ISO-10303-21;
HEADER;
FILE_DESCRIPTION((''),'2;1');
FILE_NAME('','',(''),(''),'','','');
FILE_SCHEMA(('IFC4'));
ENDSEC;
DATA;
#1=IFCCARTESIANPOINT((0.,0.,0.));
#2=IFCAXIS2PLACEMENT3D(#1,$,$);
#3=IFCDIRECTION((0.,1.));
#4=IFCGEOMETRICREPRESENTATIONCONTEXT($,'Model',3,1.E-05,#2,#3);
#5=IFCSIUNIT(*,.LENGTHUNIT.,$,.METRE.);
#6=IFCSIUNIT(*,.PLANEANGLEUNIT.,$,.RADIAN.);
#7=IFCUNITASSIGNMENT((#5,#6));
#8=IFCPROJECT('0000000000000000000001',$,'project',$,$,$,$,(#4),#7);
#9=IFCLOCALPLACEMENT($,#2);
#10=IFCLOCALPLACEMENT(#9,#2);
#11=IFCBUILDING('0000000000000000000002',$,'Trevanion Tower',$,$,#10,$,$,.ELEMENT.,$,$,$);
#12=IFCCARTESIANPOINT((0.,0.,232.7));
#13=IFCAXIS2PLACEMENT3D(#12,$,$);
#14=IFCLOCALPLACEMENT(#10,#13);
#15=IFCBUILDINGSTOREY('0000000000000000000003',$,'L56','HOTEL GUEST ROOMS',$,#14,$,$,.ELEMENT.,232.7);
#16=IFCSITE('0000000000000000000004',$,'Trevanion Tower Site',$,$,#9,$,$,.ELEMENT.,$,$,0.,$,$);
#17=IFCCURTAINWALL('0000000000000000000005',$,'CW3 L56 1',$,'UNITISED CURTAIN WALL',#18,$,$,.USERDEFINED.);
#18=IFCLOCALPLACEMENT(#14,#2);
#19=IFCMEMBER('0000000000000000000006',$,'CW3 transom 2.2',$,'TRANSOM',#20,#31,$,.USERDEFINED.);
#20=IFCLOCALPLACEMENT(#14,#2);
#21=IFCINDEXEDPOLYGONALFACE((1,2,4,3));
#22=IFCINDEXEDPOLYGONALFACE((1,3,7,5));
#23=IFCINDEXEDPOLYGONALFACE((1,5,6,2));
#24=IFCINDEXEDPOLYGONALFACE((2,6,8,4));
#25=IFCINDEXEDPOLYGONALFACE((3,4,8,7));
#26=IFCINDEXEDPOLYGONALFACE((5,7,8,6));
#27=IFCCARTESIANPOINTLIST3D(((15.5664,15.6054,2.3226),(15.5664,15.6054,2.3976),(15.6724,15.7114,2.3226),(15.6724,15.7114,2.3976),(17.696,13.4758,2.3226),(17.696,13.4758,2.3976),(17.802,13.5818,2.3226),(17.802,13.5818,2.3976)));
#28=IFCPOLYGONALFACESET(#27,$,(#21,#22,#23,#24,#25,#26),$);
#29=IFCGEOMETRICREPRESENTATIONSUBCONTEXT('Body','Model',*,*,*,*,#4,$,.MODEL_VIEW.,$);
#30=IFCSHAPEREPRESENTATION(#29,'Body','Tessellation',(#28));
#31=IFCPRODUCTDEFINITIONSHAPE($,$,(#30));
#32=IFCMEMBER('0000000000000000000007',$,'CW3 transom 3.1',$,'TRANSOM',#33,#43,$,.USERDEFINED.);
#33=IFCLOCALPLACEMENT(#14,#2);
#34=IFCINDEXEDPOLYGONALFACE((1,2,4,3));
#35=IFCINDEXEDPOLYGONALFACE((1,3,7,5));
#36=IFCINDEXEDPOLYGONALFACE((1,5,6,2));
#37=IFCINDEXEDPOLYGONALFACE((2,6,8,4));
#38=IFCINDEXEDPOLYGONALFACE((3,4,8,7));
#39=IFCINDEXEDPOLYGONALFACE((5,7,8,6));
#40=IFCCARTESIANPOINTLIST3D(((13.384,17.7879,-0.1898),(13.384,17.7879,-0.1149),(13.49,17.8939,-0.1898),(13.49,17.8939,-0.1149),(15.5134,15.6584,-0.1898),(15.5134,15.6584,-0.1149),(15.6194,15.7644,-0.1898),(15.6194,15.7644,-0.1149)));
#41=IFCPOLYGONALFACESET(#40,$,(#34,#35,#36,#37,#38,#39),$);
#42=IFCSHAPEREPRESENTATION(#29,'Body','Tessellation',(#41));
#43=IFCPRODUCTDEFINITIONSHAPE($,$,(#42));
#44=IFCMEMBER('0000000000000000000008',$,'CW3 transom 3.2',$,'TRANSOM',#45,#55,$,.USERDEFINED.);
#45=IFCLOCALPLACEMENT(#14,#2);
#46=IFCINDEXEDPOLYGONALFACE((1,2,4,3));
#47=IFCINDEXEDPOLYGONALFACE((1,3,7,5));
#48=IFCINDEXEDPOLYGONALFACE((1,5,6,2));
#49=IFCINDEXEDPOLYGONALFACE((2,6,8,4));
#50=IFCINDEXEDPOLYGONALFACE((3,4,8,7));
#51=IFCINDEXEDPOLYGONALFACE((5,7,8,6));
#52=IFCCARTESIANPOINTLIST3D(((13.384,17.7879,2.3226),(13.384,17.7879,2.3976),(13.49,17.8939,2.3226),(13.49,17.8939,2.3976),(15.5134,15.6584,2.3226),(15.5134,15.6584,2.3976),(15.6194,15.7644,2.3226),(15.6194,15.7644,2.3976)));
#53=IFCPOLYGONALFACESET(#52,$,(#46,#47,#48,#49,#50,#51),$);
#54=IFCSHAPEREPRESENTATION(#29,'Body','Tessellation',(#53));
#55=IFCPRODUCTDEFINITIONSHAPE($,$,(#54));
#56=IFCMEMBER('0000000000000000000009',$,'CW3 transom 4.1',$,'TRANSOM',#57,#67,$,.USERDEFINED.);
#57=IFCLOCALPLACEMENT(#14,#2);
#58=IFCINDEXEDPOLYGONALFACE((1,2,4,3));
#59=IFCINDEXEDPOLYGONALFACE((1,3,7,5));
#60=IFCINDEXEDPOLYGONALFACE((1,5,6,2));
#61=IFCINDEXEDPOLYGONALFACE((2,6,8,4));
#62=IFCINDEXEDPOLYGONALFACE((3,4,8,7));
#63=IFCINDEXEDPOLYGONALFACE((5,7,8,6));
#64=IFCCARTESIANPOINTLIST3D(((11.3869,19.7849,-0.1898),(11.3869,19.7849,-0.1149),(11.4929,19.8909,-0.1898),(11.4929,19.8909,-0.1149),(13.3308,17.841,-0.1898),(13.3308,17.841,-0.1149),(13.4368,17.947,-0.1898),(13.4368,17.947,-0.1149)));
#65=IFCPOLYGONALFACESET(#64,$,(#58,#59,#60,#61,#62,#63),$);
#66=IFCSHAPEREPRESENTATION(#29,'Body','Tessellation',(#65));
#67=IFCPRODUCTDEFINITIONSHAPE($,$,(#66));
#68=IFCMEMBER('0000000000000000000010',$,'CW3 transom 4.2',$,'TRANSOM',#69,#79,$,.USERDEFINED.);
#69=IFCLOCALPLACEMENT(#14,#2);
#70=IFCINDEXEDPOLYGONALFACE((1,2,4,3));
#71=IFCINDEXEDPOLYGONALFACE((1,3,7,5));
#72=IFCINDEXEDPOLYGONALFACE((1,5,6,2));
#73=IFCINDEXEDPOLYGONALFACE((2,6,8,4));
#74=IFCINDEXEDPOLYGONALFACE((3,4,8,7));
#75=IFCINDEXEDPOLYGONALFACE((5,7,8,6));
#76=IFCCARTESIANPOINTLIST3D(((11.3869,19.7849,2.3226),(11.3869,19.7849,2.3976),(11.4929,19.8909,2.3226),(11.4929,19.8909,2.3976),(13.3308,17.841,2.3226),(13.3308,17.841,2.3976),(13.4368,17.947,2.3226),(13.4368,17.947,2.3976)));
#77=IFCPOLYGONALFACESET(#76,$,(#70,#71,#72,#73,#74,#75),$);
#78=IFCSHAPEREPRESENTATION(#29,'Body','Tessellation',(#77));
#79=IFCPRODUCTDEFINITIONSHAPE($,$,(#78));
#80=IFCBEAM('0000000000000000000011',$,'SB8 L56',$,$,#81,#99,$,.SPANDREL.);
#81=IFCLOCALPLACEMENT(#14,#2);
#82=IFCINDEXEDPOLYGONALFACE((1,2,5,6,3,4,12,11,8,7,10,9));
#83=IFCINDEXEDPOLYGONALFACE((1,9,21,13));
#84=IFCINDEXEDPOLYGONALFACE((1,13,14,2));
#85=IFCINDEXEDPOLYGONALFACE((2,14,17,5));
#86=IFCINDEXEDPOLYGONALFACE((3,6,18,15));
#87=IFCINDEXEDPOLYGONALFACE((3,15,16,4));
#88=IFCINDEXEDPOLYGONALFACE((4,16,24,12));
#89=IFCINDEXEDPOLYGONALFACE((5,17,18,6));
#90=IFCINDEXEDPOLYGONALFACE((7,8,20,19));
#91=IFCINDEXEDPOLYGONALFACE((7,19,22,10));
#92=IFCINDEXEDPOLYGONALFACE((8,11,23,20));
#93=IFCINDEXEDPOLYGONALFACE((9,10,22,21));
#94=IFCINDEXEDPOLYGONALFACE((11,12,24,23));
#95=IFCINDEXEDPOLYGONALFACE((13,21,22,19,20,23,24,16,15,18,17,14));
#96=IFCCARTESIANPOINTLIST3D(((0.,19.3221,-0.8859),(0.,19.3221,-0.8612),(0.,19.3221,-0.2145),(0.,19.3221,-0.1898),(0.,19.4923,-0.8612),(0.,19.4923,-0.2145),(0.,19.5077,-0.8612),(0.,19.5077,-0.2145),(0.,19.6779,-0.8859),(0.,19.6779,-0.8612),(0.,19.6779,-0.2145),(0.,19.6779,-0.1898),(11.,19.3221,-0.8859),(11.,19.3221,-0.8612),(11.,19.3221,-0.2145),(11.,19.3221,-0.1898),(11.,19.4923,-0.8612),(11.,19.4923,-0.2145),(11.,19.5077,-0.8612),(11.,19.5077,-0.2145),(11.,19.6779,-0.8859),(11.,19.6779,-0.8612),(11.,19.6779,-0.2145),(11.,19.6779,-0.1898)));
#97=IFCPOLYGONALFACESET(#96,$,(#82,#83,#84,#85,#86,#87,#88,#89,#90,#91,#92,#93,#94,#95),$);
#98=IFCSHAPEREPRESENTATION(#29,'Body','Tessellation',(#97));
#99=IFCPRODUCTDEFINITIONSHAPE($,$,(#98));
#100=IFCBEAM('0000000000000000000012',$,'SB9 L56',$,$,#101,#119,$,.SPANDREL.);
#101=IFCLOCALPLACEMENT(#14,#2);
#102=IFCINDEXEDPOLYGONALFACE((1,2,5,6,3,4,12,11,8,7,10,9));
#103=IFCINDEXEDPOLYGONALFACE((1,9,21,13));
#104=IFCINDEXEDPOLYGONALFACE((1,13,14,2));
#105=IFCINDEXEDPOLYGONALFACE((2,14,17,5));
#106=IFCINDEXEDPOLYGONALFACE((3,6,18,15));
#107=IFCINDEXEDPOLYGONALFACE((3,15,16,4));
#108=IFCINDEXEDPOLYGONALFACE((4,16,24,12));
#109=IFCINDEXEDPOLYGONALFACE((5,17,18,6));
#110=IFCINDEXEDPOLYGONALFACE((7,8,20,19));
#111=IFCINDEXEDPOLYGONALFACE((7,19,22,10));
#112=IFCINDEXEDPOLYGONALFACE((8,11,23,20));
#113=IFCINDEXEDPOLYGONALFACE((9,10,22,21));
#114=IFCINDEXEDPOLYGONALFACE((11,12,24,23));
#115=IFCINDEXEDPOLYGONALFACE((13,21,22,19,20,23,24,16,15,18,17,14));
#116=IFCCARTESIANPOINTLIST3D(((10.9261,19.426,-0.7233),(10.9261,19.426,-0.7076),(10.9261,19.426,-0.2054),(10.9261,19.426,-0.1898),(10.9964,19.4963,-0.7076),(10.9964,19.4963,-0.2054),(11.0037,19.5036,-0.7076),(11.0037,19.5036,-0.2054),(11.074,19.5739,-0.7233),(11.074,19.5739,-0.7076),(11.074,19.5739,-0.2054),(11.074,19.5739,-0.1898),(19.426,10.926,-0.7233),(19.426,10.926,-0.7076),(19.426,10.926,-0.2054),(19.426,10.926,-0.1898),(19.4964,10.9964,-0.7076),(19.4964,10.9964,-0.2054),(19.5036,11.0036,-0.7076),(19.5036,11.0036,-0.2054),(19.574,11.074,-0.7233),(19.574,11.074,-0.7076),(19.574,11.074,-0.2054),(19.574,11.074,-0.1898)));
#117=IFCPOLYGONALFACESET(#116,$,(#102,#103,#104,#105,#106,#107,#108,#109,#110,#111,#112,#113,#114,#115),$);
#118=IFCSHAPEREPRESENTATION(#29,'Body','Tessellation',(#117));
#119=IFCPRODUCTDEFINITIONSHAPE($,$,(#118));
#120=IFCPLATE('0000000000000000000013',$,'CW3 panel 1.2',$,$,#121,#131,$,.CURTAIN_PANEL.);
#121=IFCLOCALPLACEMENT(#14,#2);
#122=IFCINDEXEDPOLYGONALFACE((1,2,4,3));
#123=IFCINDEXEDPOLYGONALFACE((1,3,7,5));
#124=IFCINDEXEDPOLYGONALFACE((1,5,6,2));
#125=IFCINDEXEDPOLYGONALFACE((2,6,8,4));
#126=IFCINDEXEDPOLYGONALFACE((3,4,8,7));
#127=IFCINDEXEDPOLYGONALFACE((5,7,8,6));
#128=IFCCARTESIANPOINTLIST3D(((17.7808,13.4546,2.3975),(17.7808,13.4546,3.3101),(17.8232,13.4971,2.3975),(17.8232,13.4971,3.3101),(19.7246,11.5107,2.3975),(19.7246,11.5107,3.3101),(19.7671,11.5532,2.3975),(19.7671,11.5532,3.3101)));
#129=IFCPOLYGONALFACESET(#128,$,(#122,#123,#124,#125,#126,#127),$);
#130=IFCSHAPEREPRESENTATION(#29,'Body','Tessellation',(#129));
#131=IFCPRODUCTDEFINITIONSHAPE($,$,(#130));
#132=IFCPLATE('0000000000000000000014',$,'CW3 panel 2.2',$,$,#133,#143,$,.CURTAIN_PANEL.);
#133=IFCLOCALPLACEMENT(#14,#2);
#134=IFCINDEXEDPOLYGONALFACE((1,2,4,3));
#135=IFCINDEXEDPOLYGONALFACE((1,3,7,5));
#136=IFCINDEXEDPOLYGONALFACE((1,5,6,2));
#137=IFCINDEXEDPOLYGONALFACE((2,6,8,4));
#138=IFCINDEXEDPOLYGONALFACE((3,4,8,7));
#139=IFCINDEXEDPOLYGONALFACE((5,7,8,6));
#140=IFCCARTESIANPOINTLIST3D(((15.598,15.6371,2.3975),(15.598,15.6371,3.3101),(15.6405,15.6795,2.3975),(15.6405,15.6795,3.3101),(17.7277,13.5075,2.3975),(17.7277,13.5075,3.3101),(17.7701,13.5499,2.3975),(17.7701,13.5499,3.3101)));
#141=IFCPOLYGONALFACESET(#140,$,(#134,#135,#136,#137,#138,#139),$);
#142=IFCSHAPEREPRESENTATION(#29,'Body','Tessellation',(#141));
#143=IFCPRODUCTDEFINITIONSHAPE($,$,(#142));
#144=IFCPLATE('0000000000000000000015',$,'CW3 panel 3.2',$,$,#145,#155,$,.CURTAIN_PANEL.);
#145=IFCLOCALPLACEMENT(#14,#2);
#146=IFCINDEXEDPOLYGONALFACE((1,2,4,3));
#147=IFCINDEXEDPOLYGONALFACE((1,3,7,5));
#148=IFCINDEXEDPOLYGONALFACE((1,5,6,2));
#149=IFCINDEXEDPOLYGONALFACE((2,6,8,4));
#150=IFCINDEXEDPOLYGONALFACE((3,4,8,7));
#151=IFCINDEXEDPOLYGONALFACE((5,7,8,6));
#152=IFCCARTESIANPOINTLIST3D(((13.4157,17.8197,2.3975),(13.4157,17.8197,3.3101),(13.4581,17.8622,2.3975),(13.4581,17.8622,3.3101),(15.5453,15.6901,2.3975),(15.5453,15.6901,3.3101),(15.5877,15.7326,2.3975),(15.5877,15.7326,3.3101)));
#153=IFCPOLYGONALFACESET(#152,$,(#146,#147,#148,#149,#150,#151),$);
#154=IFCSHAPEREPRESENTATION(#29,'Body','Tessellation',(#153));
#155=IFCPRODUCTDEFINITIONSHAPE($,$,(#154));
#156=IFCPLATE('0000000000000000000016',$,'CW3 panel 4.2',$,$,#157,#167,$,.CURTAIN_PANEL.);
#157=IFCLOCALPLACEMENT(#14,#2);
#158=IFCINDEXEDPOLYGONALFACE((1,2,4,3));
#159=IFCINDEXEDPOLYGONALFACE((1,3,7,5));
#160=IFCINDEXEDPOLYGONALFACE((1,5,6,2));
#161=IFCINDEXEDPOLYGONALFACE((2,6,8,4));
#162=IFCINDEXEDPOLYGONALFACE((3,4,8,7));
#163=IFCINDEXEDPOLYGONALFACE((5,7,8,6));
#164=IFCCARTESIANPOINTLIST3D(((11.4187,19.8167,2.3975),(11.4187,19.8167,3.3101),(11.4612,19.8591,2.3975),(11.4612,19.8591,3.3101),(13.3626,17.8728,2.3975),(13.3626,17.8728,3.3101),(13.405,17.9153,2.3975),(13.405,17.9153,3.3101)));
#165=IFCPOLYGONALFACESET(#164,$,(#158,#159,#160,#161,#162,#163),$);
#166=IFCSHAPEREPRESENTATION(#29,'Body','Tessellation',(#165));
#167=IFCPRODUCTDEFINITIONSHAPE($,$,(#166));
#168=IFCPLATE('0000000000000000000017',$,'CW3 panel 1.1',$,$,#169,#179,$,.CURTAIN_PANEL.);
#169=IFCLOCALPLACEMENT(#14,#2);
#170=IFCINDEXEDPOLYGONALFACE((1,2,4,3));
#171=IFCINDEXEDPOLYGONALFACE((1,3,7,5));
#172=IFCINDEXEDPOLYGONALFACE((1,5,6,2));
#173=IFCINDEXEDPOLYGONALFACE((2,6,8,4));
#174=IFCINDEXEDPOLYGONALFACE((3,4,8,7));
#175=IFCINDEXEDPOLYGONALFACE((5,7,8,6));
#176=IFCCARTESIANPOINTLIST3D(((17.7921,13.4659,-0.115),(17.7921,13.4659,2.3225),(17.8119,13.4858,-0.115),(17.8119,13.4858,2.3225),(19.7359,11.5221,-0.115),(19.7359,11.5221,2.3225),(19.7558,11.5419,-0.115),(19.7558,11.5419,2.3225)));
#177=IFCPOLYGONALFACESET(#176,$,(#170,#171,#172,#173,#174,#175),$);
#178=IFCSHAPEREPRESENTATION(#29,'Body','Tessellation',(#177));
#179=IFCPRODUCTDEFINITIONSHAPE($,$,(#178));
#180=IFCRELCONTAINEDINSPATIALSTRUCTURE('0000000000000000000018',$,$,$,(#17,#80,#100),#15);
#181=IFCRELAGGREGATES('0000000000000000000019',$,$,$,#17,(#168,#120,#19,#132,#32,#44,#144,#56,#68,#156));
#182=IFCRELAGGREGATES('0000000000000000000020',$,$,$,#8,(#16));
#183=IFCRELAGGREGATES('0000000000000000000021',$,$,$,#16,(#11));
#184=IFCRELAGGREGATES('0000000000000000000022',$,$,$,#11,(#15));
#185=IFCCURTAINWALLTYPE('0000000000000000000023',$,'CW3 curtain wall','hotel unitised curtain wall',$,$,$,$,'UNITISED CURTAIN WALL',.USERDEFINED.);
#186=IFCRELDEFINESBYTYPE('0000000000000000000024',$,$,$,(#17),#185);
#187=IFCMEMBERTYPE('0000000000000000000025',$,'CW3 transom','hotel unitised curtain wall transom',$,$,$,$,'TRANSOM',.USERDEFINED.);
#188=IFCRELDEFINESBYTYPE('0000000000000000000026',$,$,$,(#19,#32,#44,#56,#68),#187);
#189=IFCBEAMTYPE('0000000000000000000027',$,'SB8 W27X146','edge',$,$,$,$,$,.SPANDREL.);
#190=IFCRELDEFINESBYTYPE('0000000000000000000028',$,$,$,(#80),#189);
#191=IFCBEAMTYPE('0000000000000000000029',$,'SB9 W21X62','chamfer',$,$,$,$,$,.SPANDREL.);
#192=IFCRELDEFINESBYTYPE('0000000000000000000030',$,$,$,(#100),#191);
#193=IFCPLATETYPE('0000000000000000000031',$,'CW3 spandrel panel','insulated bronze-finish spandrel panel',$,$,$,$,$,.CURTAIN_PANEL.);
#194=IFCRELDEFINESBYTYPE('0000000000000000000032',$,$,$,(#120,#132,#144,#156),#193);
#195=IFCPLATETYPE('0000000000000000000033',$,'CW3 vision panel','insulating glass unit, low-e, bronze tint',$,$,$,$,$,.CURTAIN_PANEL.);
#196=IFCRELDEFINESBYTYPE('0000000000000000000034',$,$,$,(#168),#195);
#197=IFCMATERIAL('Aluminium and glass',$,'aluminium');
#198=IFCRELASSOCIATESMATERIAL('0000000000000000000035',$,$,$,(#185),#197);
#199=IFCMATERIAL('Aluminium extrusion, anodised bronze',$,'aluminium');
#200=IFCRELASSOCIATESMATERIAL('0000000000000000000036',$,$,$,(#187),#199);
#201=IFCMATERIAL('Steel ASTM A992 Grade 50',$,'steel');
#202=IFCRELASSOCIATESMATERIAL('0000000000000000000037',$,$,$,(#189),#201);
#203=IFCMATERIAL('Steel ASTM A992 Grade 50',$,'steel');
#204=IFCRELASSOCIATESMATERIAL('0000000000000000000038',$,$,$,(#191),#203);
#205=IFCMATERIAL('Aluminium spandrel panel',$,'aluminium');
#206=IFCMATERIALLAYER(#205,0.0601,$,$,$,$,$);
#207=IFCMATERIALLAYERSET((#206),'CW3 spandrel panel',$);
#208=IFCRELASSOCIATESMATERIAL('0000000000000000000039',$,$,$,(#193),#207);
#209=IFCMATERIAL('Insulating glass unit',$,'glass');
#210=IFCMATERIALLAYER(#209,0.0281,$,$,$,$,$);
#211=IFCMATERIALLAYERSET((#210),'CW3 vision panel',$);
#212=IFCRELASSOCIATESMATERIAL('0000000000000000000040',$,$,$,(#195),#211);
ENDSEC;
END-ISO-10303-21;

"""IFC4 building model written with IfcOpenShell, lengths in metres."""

from ifc_helpers import new_model, si_unit, direction, frame, origin, origin_2d, place, context, subcontext, project, spatial, rectangle, i_section, extrude, material, layer, layer_set, material_profile, profile_set, type_object, element, aggregate, save


model = new_model("IFC4")

# Units and contexts
model_context = context("Model", 3, precision=1e-05, world=origin(), true_north=direction((0.0, 1.0)))
body_context = subcontext(model_context, "Body", "Model", "MODEL_VIEW")
ifc_project = project(units=[si_unit("LENGTHUNIT", "METRE"), si_unit("PLANEANGLEUNIT", "RADIAN")], contexts=[model_context])

# Site, building, storey
site_placement = place(None, origin())
site = spatial("IfcSite", under=ifc_project, at=site_placement, Name="Trevanion Tower Site", CompositionType="ELEMENT", RefElevation=0.0)
building_placement = place(site_placement, origin())
building = spatial("IfcBuilding", under=site, at=building_placement, Name="Trevanion Tower", CompositionType="ELEMENT")
storey_placement = place(building_placement, frame((0.0, 0.0, 232.7)))
storey = spatial("IfcBuildingStorey", under=building, at=storey_placement, Name="L56", Description="HOTEL GUEST ROOMS", CompositionType="ELEMENT", Elevation=232.7)

# Curtain wall
ifc_material_1 = material(Name="Aluminium and glass", Category="aluminium")
curtain_wall_type = type_object("IfcCurtainWallType", Name="CW3 curtain wall", Description="hotel unitised curtain wall", ElementType="UNITISED CURTAIN WALL", PredefinedType="USERDEFINED", material=ifc_material_1)
curtain_wall_1_placement = place(storey_placement, origin())
curtain_wall_1 = element("IfcCurtainWall", 1, at=curtain_wall_1_placement, inside=storey, type_object=curtain_wall_type, Name="CW3 L56 1", ObjectType="UNITISED CURTAIN WALL", PredefinedType="USERDEFINED")

# Members
ifc_material_2 = material(Name="Aluminium extrusion, anodised bronze", Category="aluminium")
ifc_material_profile_1 = material_profile(ifc_material_2, rectangle(XDim=0.1499, YDim=0.075, at=origin_2d()), Name="CW3 transom")
ifc_profile_set_1 = profile_set([ifc_material_profile_1], Name="Aluminium extrusion, anodised bronze")
member_type_1 = type_object("IfcMemberType", Name="CW3 transom", Description="hotel unitised curtain wall transom", ElementType="TRANSOM", PredefinedType="USERDEFINED", material=ifc_profile_set_1)
member_1_placement = place(storey_placement, frame((17.749, 13.5288, 2.3601), z_axis=(-0.707107, 0.707107, 0.0), x_axis=(-0.707107, -0.707107, 0.0)))
member_1 = element("IfcMember", 2, at=member_1_placement, type_object=member_type_1, Name="CW3 transom 2.2", ObjectType="TRANSOM", PredefinedType="USERDEFINED", context=body_context, shape_type="SweptSolid", body=[
    extrude(rectangle(XDim=0.1499, YDim=0.075, at=origin_2d()), origin(), (0.0, 0.0, 1.0), 3.0117),
])
member_2_placement = place(storey_placement, frame((15.5664, 15.7114, -0.1523), z_axis=(-0.707107, 0.707107, 0.0), x_axis=(-0.707107, -0.707107, 0.0)))
member_2 = element("IfcMember", 3, at=member_2_placement, type_object=member_type_1, Name="CW3 transom 3.1", ObjectType="TRANSOM", PredefinedType="USERDEFINED", context=body_context, shape_type="SweptSolid", body=[
    extrude(rectangle(XDim=0.1499, YDim=0.075, at=origin_2d()), origin(), (0.0, 0.0, 1.0), 3.0115),
])
member_3_placement = place(storey_placement, frame((15.5664, 15.7114, 2.3601), z_axis=(-0.707107, 0.707107, 0.0), x_axis=(-0.707107, -0.707107, 0.0)))
member_3 = element("IfcMember", 4, at=member_3_placement, type_object=member_type_1, Name="CW3 transom 3.2", ObjectType="TRANSOM", PredefinedType="USERDEFINED", context=body_context, shape_type="SweptSolid", body=[
    extrude(rectangle(XDim=0.1499, YDim=0.075, at=origin_2d()), origin(), (0.0, 0.0, 1.0), 3.0115),
])
member_4_placement = place(storey_placement, frame((13.3838, 17.894, -0.1523), z_axis=(-0.707107, 0.707107, 0.0), x_axis=(-0.707107, -0.707107, 0.0)))
member_4 = element("IfcMember", 5, at=member_4_placement, type_object=member_type_1, Name="CW3 transom 4.1", ObjectType="TRANSOM", PredefinedType="USERDEFINED", context=body_context, shape_type="SweptSolid", body=[
    extrude(rectangle(XDim=0.1499, YDim=0.075, at=origin_2d()), origin(), (0.0, 0.0, 1.0), 2.749),
])
member_5_placement = place(storey_placement, frame((13.3838, 17.894, 2.3601), z_axis=(-0.707107, 0.707107, 0.0), x_axis=(-0.707107, -0.707107, 0.0)))
member_5 = element("IfcMember", 6, at=member_5_placement, type_object=member_type_1, Name="CW3 transom 4.2", ObjectType="TRANSOM", PredefinedType="USERDEFINED", context=body_context, shape_type="SweptSolid", body=[
    extrude(rectangle(XDim=0.1499, YDim=0.075, at=origin_2d()), origin(), (0.0, 0.0, 1.0), 2.749),
])

# Beams
ifc_material_3 = material(Name="Steel ASTM A992 Grade 50", Category="steel")
ifc_material_profile_2 = material_profile(ifc_material_3, i_section(OverallWidth=0.3557, OverallDepth=0.696, WebThickness=0.0154, FlangeThickness=0.0247, at=origin_2d()), Name="W27X146")
ifc_profile_set_2 = profile_set([ifc_material_profile_2], Name="Steel ASTM A992 Grade 50")
beam_type_1 = type_object("IfcBeamType", Name="SB8 W27X146", Description="edge", PredefinedType="SPANDREL", material=ifc_profile_set_2)
beam_1_placement = place(storey_placement, frame((11.0, 19.5, -0.5378), z_axis=(-1.0, 0.0, 0.0), x_axis=(0.0, -1.0, 0.0)))
element("IfcBeam", 7, at=beam_1_placement, inside=storey, type_object=beam_type_1, Name="SB8 L56", PredefinedType="SPANDREL", context=body_context, shape_type="SweptSolid", body=[
    extrude(i_section(OverallWidth=0.3557, OverallDepth=0.696, WebThickness=0.0154, FlangeThickness=0.0247, at=origin_2d()), origin(), (0.0, 0.0, 1.0), 11.0),
])
ifc_material_4 = material(Name="Steel ASTM A992 Grade 50", Category="steel")
ifc_material_profile_3 = material_profile(ifc_material_4, i_section(OverallWidth=0.2092, OverallDepth=0.5334, WebThickness=0.0103, FlangeThickness=0.0156, at=origin_2d()), Name="W21X62")
ifc_profile_set_3 = profile_set([ifc_material_profile_3], Name="Steel ASTM A992 Grade 50")
beam_type_2 = type_object("IfcBeamType", Name="SB9 W21X62", Description="chamfer", PredefinedType="SPANDREL", material=ifc_profile_set_3)
beam_2_placement = place(storey_placement, frame((19.5, 11.0, -0.4565), z_axis=(-0.707107, 0.707107, 0.0), x_axis=(-0.707107, -0.707107, 0.0)))
element("IfcBeam", 8, at=beam_2_placement, inside=storey, type_object=beam_type_2, Name="SB9 L56", PredefinedType="SPANDREL", context=body_context, shape_type="SweptSolid", body=[
    extrude(i_section(OverallWidth=0.2092, OverallDepth=0.5334, WebThickness=0.0103, FlangeThickness=0.0156, at=origin_2d()), origin(), (0.0, 0.0, 1.0), 12.0208),
])

# Plates
ifc_material_5 = material(Name="Aluminium spandrel panel", Category="aluminium")
ifc_layer_1 = layer(ifc_material_5, 0.0601)
ifc_layer_set_1 = layer_set([ifc_layer_1], Name="CW3 spandrel panel")
plate_type_1 = type_object("IfcPlateType", Name="CW3 spandrel panel", Description="insulated bronze-finish spandrel panel", PredefinedType="CURTAIN_PANEL", material=ifc_layer_set_1)
plate_1_placement = place(storey_placement, frame((18.7739, 12.5039, 2.3975), z_axis=(0.0, 0.0, 1.0), x_axis=(-0.707107, 0.707107, 0.0)))
plate_1 = element("IfcPlate", 9, at=plate_1_placement, type_object=plate_type_1, Name="CW3 panel 1.2", PredefinedType="CURTAIN_PANEL", context=body_context, shape_type="SweptSolid", body=[
    extrude(rectangle(XDim=2.749, YDim=0.0601, at=origin_2d()), origin(), (0.0, 0.0, 1.0), 0.9126),
])
plate_2_placement = place(storey_placement, frame((16.6841, 14.5935, 2.3975), z_axis=(0.0, 0.0, 1.0), x_axis=(-0.707107, 0.707107, 0.0)))
plate_2 = element("IfcPlate", 10, at=plate_2_placement, type_object=plate_type_1, Name="CW3 panel 2.2", PredefinedType="CURTAIN_PANEL", context=body_context, shape_type="SweptSolid", body=[
    extrude(rectangle(XDim=3.0117, YDim=0.0601, at=origin_2d()), origin(), (0.0, 0.0, 1.0), 0.9126),
])
plate_3_placement = place(storey_placement, frame((14.5017, 16.7761, 2.3975), z_axis=(0.0, 0.0, 1.0), x_axis=(-0.707107, 0.707107, 0.0)))
plate_3 = element("IfcPlate", 11, at=plate_3_placement, type_object=plate_type_1, Name="CW3 panel 3.2", PredefinedType="CURTAIN_PANEL", context=body_context, shape_type="SweptSolid", body=[
    extrude(rectangle(XDim=3.0117, YDim=0.0601, at=origin_2d()), origin(), (0.0, 0.0, 1.0), 0.9126),
])
plate_4_placement = place(storey_placement, frame((12.4119, 18.866, 2.3975), z_axis=(0.0, 0.0, 1.0), x_axis=(-0.707107, 0.707107, 0.0)))
plate_4 = element("IfcPlate", 12, at=plate_4_placement, type_object=plate_type_1, Name="CW3 panel 4.2", PredefinedType="CURTAIN_PANEL", context=body_context, shape_type="SweptSolid", body=[
    extrude(rectangle(XDim=2.749, YDim=0.0601, at=origin_2d()), origin(), (0.0, 0.0, 1.0), 0.9126),
])
ifc_material_6 = material(Name="Insulating glass unit", Category="glass")
ifc_layer_2 = layer(ifc_material_6, 0.0281)
ifc_layer_set_2 = layer_set([ifc_layer_2], Name="CW3 vision panel")
plate_type_2 = type_object("IfcPlateType", Name="CW3 vision panel", Description="insulating glass unit, low-e, bronze tint", PredefinedType="CURTAIN_PANEL", material=ifc_layer_set_2)
plate_5_placement = place(storey_placement, frame((18.7739, 12.5039, -0.115), z_axis=(0.0, 0.0, 1.0), x_axis=(-0.707107, 0.707107, 0.0)))
plate_5 = element("IfcPlate", 13, at=plate_5_placement, type_object=plate_type_2, Name="CW3 panel 1.1", PredefinedType="CURTAIN_PANEL", context=body_context, shape_type="SweptSolid", body=[
    extrude(rectangle(XDim=2.749, YDim=0.0281, at=origin_2d()), origin(), (0.0, 0.0, 1.0), 2.4375),
])
aggregate(curtain_wall_1, [plate_5, plate_1, member_1, plate_2, member_2, member_3, plate_3, member_4, member_5, plate_4])

save(model, "model.ifc")
